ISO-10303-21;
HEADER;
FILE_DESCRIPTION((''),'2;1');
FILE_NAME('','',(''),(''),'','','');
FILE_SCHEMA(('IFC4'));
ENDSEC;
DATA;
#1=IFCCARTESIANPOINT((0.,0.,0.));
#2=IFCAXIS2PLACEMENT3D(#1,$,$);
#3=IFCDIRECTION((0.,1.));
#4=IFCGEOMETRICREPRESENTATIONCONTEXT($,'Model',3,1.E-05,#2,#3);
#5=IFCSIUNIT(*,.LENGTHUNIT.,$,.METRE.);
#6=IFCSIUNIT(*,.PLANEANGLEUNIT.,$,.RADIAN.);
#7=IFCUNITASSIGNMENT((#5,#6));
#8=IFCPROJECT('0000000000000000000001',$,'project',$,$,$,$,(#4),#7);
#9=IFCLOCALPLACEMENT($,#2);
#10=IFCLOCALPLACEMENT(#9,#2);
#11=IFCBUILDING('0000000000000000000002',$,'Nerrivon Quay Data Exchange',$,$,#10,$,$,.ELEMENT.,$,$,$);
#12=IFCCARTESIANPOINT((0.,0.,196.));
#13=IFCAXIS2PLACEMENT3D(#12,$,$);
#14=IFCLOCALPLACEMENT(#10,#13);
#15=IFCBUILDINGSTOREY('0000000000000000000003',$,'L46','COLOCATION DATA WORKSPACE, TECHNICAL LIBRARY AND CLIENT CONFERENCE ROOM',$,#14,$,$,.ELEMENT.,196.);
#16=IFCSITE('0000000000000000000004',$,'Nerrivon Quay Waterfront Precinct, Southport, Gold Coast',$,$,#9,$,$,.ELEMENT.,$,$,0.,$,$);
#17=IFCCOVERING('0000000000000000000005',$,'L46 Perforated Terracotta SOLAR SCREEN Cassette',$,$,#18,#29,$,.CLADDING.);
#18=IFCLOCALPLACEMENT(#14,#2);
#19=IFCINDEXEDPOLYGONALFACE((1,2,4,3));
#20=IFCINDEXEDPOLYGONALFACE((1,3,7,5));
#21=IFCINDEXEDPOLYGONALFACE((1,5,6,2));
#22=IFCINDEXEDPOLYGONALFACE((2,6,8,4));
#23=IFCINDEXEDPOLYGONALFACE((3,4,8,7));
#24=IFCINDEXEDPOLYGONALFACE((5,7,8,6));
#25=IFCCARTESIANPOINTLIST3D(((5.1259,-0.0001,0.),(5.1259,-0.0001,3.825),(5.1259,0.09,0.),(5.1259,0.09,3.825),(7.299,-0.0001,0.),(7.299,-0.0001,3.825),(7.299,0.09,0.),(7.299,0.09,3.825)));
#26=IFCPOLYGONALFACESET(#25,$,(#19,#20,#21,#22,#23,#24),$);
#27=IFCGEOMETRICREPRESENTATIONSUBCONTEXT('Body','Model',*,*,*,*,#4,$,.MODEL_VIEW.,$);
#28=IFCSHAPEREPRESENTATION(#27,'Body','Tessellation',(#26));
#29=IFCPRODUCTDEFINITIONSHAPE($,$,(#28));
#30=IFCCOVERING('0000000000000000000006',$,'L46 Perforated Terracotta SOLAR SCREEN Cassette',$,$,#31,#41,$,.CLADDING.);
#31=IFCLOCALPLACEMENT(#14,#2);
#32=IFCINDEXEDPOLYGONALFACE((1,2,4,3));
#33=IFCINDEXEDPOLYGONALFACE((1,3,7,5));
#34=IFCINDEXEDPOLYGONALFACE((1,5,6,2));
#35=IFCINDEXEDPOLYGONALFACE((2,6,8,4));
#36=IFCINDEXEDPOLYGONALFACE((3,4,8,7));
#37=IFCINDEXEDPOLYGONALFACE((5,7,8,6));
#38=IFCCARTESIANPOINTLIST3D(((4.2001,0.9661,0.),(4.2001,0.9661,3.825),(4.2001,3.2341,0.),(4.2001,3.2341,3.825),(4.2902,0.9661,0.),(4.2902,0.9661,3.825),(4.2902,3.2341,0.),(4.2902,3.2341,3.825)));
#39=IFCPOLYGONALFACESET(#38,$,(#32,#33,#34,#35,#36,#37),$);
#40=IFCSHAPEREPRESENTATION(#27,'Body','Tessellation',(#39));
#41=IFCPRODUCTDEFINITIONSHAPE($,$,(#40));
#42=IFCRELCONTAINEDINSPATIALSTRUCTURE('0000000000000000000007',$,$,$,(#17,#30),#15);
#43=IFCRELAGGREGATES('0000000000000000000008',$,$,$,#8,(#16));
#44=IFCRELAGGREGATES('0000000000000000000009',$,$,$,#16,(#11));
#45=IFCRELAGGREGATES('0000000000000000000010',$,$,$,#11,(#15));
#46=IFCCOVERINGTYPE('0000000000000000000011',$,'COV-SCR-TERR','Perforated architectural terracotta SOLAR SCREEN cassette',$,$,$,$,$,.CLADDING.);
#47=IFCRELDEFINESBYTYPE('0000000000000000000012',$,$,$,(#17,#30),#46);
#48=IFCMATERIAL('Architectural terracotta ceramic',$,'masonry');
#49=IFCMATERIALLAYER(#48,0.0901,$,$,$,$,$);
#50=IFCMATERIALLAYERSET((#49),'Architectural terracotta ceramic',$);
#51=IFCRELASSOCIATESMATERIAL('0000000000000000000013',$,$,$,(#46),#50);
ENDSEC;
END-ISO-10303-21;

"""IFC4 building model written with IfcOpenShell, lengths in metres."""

from ifc_helpers import new_model, si_unit, direction, frame, origin, origin_2d, place, context, subcontext, project, spatial, rectangle, extrude, material, layer, layer_set, type_object, element, save


model = new_model("IFC4")

# Units and contexts
model_context = context("Model", 3, precision=1e-05, world=origin(), true_north=direction((0.0, 1.0)))
body_context = subcontext(model_context, "Body", "Model", "MODEL_VIEW")
ifc_project = project(units=[si_unit("LENGTHUNIT", "METRE"), si_unit("PLANEANGLEUNIT", "RADIAN")], contexts=[model_context])

# Site, building, storey
site_placement = place(None, origin())
site = spatial("IfcSite", under=ifc_project, at=site_placement, Name="Nerrivon Quay Waterfront Precinct, Southport, Gold Coast", CompositionType="ELEMENT", RefElevation=0.0)
building_placement = place(site_placement, origin())
building = spatial("IfcBuilding", under=site, at=building_placement, Name="Nerrivon Quay Data Exchange", CompositionType="ELEMENT")
storey_placement = place(building_placement, frame((0.0, 0.0, 196.0)))
storey = spatial("IfcBuildingStorey", under=building, at=storey_placement, Name="L46", Description="COLOCATION DATA WORKSPACE, TECHNICAL LIBRARY AND CLIENT CONFERENCE ROOM", CompositionType="ELEMENT", Elevation=196.0)

# Coverings
ifc_material_1 = material(Name="Architectural terracotta ceramic", Category="masonry")
ifc_layer_1 = layer(ifc_material_1, 0.0901)
ifc_layer_set_1 = layer_set([ifc_layer_1], Name="Architectural terracotta ceramic")
covering_type = type_object("IfcCoveringType", Name="COV-SCR-TERR", Description="Perforated architectural terracotta SOLAR SCREEN cassette", PredefinedType="CLADDING", material=ifc_layer_set_1)
covering_1_placement = place(storey_placement, frame((6.2124, 0.0449, 0.0), z_axis=(0.0, 0.0, 1.0), x_axis=(-1.0, 0.0, 0.0)))
element("IfcCovering", 1, at=covering_1_placement, inside=storey, type_object=covering_type, Name="L46 Perforated Terracotta SOLAR SCREEN Cassette", PredefinedType="CLADDING", context=body_context, shape_type="SweptSolid", body=[
    extrude(rectangle(XDim=2.1731, YDim=0.0901, at=origin_2d()), origin(), (0.0, 0.0, 1.0), 3.825),
])
covering_2_placement = place(storey_placement, frame((4.2451, 2.1001, 0.0), z_axis=(0.0, 0.0, 1.0), x_axis=(0.0, 1.0, 0.0)))
element("IfcCovering", 2, at=covering_2_placement, inside=storey, type_object=covering_type, Name="L46 Perforated Terracotta SOLAR SCREEN Cassette", PredefinedType="CLADDING", context=body_context, shape_type="SweptSolid", body=[
    extrude(rectangle(XDim=2.2681, YDim=0.0901, at=origin_2d()), origin(), (0.0, 0.0, 1.0), 3.825),
])

save(model, "model.ifc")
